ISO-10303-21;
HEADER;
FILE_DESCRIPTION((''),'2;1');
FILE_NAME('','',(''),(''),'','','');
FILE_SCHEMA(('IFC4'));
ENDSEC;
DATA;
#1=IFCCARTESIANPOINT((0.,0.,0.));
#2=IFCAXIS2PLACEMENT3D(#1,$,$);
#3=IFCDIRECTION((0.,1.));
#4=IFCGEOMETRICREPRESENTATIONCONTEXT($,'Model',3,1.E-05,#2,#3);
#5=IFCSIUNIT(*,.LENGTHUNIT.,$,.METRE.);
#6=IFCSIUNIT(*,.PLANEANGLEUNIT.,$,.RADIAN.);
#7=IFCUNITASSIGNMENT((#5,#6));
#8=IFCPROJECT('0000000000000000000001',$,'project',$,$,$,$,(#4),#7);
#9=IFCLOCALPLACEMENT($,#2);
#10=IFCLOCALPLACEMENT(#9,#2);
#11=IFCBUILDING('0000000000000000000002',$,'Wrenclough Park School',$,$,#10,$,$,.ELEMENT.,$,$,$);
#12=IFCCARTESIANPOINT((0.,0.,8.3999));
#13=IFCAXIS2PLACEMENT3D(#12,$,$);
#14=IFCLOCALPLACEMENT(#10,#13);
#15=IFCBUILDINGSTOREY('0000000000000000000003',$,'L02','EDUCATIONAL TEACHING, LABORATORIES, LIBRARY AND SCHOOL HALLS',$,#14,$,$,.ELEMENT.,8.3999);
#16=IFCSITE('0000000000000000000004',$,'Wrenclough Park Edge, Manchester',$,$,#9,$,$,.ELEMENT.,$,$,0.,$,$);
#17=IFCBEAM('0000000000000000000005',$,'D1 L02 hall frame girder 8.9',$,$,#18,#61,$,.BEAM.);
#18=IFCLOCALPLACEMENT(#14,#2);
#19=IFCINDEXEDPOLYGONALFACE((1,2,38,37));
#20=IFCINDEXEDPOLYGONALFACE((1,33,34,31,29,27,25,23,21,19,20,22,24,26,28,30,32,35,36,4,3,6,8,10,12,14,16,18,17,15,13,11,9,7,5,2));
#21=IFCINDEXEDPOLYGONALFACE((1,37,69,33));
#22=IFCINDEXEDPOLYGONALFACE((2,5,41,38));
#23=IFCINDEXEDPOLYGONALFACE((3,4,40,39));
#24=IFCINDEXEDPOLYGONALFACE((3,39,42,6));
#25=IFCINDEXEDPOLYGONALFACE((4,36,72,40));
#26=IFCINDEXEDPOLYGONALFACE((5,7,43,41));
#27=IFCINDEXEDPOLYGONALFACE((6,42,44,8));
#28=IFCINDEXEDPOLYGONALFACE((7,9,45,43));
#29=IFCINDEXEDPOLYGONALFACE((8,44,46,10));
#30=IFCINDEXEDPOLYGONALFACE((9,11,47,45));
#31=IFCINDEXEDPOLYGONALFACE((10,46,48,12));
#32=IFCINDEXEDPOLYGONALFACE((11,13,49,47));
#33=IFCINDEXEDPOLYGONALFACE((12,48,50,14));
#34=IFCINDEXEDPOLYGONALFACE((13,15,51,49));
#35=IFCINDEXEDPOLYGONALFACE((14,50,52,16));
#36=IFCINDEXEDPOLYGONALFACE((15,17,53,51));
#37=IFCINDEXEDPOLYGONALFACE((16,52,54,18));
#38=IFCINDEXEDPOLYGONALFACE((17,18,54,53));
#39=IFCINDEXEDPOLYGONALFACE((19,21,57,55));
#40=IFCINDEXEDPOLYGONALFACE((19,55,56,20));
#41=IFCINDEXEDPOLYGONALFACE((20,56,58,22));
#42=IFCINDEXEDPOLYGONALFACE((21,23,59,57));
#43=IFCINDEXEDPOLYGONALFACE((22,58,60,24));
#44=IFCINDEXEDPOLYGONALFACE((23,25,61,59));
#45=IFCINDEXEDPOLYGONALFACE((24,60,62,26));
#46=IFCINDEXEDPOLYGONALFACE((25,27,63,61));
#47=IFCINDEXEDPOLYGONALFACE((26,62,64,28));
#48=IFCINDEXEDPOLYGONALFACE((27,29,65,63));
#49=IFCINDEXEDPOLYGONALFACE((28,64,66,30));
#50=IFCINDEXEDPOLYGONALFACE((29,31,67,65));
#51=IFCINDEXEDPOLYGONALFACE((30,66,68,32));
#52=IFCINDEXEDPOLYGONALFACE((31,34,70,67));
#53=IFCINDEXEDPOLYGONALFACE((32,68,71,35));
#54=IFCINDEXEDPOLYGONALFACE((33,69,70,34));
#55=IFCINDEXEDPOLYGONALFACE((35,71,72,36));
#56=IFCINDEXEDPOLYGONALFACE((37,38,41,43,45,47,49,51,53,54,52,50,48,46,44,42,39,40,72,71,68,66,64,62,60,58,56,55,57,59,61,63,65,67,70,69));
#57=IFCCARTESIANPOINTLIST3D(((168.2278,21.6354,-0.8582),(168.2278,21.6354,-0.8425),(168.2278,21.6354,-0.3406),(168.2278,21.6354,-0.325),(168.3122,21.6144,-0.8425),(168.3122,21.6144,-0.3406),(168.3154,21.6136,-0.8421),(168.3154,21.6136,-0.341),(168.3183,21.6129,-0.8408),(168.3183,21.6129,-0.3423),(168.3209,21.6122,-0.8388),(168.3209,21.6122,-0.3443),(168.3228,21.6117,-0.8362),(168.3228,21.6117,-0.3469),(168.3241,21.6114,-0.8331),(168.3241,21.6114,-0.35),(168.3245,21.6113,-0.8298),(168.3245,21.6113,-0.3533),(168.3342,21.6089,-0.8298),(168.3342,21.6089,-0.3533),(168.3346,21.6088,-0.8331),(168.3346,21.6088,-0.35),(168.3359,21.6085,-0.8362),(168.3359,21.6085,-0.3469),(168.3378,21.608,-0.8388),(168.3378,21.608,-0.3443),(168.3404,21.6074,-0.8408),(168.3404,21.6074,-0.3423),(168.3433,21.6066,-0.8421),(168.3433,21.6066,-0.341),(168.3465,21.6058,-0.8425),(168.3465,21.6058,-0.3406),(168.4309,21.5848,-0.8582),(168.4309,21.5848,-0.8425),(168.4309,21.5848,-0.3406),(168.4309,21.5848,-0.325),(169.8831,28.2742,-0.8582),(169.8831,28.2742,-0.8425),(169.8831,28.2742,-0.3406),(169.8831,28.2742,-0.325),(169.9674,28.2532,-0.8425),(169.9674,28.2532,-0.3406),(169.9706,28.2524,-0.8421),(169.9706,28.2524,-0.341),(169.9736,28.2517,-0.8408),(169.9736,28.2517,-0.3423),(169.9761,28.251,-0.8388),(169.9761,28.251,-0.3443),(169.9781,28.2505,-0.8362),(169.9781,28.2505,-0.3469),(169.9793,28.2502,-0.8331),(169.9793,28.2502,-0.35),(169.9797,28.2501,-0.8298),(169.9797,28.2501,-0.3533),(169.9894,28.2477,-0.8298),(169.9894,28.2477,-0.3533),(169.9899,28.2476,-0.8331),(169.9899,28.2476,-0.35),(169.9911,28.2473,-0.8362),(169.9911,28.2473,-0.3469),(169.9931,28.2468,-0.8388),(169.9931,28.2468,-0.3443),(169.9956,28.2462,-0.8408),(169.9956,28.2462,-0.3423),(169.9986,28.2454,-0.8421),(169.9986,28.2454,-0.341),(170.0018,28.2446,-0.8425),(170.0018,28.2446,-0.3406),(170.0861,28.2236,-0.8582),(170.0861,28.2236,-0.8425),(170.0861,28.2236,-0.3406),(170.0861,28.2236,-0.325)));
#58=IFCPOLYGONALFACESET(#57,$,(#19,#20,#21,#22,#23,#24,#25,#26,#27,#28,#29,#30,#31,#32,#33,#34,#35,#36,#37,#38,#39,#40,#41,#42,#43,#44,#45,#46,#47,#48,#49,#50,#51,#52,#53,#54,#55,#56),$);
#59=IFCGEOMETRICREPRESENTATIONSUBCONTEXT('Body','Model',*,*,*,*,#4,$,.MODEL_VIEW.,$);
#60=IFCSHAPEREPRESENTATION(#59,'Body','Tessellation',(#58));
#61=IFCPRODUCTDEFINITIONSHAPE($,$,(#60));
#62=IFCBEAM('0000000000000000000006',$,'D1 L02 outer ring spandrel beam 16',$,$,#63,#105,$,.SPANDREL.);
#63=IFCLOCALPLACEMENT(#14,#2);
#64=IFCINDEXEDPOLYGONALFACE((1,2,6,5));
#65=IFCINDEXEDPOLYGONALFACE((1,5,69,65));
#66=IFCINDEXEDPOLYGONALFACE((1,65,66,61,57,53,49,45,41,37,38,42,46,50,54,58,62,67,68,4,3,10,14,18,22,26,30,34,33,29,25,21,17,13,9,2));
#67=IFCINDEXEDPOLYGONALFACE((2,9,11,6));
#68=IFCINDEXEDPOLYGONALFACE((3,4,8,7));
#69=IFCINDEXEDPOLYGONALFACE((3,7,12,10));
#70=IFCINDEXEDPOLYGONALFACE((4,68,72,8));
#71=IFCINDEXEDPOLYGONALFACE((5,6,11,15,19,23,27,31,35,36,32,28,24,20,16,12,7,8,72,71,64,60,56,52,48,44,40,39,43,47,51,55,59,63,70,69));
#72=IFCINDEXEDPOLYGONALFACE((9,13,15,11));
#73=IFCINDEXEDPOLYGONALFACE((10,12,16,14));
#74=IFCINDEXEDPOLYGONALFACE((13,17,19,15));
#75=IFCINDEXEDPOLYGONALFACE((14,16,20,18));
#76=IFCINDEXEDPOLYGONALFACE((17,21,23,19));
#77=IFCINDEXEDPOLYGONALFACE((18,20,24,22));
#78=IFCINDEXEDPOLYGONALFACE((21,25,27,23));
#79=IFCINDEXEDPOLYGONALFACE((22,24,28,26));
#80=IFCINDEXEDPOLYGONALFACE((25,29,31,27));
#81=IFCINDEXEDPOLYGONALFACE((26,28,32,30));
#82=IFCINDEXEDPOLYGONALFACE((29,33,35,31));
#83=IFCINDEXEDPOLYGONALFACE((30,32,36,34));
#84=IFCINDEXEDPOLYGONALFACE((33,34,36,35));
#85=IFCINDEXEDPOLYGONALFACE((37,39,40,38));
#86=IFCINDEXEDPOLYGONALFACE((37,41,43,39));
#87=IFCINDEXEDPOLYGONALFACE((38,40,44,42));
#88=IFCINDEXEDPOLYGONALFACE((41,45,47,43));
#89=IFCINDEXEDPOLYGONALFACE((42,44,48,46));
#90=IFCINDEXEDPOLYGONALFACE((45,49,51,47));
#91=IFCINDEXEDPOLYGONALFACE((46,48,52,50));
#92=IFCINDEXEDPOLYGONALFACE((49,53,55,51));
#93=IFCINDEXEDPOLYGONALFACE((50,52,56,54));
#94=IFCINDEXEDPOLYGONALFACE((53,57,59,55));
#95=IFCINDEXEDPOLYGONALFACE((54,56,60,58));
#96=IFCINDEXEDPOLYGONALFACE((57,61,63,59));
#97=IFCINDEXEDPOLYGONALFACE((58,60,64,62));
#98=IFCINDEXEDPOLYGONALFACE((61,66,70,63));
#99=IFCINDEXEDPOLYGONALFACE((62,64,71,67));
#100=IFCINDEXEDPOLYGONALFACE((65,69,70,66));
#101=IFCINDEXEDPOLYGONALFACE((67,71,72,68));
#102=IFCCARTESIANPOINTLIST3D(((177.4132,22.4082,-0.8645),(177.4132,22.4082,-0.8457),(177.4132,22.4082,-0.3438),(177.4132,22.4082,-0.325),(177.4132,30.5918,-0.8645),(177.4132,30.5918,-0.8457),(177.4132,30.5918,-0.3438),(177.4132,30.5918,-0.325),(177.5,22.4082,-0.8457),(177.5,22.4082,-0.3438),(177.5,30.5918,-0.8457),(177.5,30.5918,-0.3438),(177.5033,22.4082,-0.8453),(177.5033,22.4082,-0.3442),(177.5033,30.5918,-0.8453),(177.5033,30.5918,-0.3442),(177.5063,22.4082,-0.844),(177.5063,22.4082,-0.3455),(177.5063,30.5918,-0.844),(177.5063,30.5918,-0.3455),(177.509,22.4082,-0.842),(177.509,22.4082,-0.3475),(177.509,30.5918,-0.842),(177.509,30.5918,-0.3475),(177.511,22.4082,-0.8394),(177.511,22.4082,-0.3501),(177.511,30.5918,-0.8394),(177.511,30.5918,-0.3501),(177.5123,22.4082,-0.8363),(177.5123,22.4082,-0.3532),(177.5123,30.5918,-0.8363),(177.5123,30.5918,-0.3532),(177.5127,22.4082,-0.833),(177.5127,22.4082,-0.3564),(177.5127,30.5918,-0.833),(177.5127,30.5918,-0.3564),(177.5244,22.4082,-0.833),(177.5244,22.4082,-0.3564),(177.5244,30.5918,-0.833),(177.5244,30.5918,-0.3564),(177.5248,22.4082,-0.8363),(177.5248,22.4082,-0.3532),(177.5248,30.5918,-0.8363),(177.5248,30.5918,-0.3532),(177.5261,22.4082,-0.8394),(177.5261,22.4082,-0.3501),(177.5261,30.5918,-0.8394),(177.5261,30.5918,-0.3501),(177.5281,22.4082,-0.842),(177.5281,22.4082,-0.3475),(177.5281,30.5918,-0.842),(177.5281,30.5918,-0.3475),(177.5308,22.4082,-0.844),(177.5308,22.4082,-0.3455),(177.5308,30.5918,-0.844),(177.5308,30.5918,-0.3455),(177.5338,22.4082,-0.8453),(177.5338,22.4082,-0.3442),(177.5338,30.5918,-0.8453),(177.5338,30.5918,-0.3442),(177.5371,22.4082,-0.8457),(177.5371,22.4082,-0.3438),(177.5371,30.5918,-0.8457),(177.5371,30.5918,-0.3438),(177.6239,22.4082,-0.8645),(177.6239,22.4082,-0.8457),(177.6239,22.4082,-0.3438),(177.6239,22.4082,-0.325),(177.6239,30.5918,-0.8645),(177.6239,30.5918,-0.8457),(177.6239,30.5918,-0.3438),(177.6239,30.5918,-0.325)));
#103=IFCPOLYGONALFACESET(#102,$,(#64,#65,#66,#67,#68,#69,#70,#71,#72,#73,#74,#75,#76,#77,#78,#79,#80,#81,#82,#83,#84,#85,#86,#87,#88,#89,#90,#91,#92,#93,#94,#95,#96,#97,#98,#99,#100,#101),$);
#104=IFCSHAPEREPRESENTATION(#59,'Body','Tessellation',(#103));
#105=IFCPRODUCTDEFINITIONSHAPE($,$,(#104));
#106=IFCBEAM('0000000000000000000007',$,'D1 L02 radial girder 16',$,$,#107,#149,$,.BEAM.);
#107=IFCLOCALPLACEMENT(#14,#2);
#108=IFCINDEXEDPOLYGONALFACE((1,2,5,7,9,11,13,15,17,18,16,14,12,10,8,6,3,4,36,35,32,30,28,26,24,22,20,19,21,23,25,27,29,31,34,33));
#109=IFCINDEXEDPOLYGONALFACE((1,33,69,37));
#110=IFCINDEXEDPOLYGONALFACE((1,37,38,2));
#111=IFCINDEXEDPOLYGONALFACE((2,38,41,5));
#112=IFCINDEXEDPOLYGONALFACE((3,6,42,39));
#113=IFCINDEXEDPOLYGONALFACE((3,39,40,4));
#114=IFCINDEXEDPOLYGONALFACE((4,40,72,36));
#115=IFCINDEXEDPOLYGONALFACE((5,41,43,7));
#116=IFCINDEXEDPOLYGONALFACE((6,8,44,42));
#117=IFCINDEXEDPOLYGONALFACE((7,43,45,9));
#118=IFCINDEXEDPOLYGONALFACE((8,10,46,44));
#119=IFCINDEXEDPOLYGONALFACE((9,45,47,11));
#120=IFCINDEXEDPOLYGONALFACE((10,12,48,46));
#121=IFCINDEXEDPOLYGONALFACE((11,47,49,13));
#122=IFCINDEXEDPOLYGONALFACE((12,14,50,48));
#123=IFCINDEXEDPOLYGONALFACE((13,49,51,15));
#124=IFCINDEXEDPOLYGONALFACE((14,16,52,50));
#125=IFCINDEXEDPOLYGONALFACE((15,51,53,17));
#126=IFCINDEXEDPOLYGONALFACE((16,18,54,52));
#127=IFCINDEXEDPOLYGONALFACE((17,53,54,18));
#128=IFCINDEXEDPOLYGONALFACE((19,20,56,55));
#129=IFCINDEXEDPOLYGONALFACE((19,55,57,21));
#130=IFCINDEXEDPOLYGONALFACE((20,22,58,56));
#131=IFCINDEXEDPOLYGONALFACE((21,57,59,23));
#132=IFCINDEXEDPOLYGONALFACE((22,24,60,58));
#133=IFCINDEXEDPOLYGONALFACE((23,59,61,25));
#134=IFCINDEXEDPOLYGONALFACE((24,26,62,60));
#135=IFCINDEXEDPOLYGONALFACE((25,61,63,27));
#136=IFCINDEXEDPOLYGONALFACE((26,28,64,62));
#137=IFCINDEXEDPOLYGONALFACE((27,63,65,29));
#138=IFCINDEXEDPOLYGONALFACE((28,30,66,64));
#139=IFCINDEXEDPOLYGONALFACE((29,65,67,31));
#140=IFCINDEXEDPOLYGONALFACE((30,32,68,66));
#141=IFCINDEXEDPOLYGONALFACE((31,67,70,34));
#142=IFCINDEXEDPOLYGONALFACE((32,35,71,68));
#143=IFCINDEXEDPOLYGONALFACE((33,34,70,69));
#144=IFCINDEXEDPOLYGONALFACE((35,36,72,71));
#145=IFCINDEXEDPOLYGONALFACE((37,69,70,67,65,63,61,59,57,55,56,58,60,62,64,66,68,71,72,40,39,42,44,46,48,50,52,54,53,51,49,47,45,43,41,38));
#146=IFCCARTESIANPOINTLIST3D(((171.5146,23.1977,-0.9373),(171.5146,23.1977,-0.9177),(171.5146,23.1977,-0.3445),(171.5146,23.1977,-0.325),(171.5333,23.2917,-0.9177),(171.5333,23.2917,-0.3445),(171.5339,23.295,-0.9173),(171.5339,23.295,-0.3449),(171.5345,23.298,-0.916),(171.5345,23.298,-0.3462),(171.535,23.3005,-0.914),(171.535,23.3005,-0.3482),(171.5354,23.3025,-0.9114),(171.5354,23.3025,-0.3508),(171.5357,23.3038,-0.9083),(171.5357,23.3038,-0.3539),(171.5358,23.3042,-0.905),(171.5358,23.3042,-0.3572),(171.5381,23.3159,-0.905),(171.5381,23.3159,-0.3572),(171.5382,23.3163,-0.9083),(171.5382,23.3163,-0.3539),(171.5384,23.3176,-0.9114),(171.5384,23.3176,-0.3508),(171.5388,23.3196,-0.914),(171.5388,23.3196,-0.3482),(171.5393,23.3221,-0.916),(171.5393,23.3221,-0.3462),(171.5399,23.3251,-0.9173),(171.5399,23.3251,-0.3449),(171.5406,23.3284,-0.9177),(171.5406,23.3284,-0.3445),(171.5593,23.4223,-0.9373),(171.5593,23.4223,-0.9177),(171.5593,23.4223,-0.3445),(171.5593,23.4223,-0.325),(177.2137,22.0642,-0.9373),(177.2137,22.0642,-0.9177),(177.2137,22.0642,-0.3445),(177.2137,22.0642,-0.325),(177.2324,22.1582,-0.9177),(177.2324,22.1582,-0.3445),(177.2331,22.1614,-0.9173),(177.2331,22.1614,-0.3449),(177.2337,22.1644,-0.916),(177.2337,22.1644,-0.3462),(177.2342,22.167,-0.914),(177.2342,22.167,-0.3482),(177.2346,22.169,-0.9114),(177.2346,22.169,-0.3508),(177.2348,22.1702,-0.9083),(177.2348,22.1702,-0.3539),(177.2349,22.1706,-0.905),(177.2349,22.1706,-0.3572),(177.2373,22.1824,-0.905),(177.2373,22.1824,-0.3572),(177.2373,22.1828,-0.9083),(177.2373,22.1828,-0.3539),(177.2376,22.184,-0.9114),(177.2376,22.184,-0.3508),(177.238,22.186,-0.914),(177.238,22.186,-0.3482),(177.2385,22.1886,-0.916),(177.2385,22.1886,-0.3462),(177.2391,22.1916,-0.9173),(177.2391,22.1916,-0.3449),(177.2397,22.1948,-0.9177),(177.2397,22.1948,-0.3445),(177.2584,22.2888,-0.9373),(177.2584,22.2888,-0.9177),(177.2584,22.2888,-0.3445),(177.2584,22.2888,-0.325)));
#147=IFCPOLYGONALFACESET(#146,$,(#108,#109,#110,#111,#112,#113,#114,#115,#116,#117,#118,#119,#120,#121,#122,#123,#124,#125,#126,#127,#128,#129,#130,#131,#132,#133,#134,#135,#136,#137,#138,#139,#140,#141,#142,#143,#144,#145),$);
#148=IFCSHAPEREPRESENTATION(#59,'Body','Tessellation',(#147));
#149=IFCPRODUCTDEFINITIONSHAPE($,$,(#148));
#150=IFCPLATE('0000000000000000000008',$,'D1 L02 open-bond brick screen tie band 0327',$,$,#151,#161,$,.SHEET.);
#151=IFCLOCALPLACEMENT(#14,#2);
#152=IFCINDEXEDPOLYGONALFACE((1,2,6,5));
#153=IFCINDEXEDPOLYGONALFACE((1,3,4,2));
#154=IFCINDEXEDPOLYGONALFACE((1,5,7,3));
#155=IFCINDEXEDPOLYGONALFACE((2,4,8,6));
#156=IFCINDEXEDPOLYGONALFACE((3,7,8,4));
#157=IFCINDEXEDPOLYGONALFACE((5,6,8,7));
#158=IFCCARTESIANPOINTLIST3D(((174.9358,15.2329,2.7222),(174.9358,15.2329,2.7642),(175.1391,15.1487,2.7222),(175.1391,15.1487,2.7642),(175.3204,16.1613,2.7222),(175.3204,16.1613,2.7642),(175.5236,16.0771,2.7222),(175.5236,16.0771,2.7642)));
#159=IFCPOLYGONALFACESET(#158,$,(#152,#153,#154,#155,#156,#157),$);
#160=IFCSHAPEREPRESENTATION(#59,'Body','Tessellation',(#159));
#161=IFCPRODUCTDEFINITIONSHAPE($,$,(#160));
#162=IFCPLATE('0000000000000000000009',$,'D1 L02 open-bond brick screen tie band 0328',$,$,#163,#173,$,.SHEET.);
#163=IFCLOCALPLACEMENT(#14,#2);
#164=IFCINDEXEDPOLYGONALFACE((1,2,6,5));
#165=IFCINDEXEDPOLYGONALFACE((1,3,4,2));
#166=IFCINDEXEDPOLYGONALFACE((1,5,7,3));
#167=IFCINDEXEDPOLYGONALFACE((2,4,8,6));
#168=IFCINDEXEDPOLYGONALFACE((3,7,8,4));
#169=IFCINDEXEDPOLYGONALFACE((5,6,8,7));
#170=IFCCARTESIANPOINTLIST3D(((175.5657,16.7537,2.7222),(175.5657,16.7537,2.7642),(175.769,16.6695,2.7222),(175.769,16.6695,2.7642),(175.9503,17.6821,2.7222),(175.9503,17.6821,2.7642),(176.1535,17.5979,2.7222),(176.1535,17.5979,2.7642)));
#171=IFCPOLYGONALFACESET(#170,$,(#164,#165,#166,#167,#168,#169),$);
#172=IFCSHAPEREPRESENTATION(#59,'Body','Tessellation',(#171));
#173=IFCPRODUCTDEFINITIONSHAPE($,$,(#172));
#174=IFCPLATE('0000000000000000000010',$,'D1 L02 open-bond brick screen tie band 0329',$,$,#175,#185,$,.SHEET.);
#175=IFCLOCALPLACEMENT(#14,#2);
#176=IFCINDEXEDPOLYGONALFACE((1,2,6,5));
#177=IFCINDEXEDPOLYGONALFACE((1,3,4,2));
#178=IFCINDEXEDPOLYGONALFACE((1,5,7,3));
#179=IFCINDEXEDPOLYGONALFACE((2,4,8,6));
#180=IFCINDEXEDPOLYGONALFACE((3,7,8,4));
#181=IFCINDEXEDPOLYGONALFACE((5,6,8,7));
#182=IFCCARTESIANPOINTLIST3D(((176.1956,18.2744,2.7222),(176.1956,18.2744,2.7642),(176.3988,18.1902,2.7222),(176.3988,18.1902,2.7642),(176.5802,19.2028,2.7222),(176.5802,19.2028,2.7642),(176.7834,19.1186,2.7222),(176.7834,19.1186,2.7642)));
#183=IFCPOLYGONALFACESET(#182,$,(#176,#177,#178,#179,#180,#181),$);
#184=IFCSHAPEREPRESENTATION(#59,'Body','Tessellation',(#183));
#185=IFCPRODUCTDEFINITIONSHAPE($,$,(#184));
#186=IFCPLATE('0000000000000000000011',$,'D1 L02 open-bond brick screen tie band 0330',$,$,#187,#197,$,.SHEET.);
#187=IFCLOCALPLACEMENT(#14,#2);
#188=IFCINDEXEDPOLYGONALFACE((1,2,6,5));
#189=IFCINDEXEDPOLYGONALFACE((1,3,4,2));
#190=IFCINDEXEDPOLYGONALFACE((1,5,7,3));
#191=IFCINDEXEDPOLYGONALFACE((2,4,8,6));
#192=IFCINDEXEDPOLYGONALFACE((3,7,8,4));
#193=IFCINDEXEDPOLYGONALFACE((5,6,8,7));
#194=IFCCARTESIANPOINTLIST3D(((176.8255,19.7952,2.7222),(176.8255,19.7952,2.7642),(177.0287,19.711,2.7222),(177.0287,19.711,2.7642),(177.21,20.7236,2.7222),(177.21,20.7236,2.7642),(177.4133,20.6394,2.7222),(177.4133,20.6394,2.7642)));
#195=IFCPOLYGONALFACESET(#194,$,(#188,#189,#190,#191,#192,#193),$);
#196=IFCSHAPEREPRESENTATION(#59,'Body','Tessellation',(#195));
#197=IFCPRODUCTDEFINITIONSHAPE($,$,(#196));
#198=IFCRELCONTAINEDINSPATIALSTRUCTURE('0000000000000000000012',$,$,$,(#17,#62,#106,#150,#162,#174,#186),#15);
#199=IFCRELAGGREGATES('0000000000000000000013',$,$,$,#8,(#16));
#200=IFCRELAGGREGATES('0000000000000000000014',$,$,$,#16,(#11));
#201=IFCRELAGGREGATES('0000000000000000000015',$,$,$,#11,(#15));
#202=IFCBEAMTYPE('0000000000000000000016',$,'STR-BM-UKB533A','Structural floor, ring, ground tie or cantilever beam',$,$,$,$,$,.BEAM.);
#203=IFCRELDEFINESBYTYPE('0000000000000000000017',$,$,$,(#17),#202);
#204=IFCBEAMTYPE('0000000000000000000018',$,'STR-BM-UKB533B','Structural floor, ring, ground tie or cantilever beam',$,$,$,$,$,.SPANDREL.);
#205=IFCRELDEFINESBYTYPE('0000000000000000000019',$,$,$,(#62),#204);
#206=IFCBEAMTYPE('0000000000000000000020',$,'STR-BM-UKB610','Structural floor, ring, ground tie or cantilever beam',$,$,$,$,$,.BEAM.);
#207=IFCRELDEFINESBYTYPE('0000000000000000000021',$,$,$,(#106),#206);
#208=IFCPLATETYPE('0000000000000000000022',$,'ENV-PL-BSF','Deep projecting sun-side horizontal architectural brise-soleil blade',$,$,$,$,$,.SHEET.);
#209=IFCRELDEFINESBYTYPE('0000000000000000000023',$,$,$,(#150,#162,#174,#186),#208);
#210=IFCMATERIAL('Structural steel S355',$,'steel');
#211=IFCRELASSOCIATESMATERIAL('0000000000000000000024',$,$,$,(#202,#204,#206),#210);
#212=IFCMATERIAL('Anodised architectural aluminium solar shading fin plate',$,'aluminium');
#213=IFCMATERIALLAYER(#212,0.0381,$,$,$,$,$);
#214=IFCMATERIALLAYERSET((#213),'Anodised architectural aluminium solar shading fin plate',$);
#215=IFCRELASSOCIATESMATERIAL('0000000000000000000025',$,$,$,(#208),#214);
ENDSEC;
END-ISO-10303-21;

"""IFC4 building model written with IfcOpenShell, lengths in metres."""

from ifc_helpers import new_model, si_unit, direction, frame, origin, origin_2d, place, context, subcontext, project, spatial, rectangle, i_section, extrude, material, layer, layer_set, material_profile, profile_set, type_object, element, save


model = new_model("IFC4")

# Units and contexts
model_context = context("Model", 3, precision=1e-05, world=origin(), true_north=direction((0.0, 1.0)))
body_context = subcontext(model_context, "Body", "Model", "MODEL_VIEW")
ifc_project = project(units=[si_unit("LENGTHUNIT", "METRE"), si_unit("PLANEANGLEUNIT", "RADIAN")], contexts=[model_context])

# Site, building, storey
site_placement = place(None, origin())
site = spatial("IfcSite", under=ifc_project, at=site_placement, Name="Wrenclough Park Edge, Manchester", CompositionType="ELEMENT", RefElevation=0.0)
building_placement = place(site_placement, origin())
building = spatial("IfcBuilding", under=site, at=building_placement, Name="Wrenclough Park School", CompositionType="ELEMENT")
storey_placement = place(building_placement, frame((0.0, 0.0, 8.3999)))
storey = spatial("IfcBuildingStorey", under=building, at=storey_placement, Name="L02", Description="EDUCATIONAL TEACHING, LABORATORIES, LIBRARY AND SCHOOL HALLS", CompositionType="ELEMENT", Elevation=8.3999)

# Shared definitions
ifc_material_1 = material(Name="Structural steel S355", Category="steel")

# Beams
ifc_material_profile_1 = material_profile(ifc_material_1, i_section(OverallWidth=0.2092, OverallDepth=0.5332, WebThickness=0.01, FlangeThickness=0.0156, FilletRadius=0.0127, at=origin_2d()), Name="UKB 533x210x92")
ifc_profile_set_1 = profile_set([ifc_material_profile_1], Name="Structural steel S355")
beam_type_1 = type_object("IfcBeamType", Name="STR-BM-UKB533A", Description="Structural floor, ring, ground tie or cantilever beam", PredefinedType="BEAM", material=ifc_profile_set_1)
beam_1_placement = place(storey_placement, frame((168.3293, 21.6101, -0.5916), z_axis=(0.241923, 0.970296, 0.0), x_axis=(-0.970296, 0.241923, 0.0)))
element("IfcBeam", 1, at=beam_1_placement, inside=storey, type_object=beam_type_1, Name="D1 L02 hall frame girder 8.9", PredefinedType="BEAM", context=body_context, shape_type="SweptSolid", body=[
    extrude(i_section(OverallWidth=0.2092, OverallDepth=0.5332, WebThickness=0.01, FlangeThickness=0.0156, FilletRadius=0.0127, at=origin_2d()), origin(), (0.0, 0.0, 1.0), 6.842),
])
ifc_material_profile_2 = material_profile(ifc_material_1, i_section(OverallWidth=0.2107, OverallDepth=0.5396, WebThickness=0.0117, FlangeThickness=0.0188, FilletRadius=0.0127, at=origin_2d()), Name="UKB 533x210x109")
ifc_profile_set_2 = profile_set([ifc_material_profile_2], Name="Structural steel S355")
beam_type_2 = type_object("IfcBeamType", Name="STR-BM-UKB533B", Description="Structural floor, ring, ground tie or cantilever beam", PredefinedType="SPANDREL", material=ifc_profile_set_2)
beam_2_placement = place(storey_placement, frame((177.5186, 22.4082, -0.5947), z_axis=(0.0, 1.0, 0.0), x_axis=(-1.0, 0.0, 0.0)))
element("IfcBeam", 2, at=beam_2_placement, inside=storey, type_object=beam_type_2, Name="D1 L02 outer ring spandrel beam 16", PredefinedType="SPANDREL", context=body_context, shape_type="SweptSolid", body=[
    extrude(i_section(OverallWidth=0.2107, OverallDepth=0.5396, WebThickness=0.0117, FlangeThickness=0.0188, FilletRadius=0.0127, at=origin_2d()), origin(), (0.0, 0.0, 1.0), 8.1836),
])
ifc_material_profile_3 = material_profile(ifc_material_1, i_section(OverallWidth=0.229, OverallDepth=0.6123, WebThickness=0.012, FlangeThickness=0.0195, FilletRadius=0.0127, at=origin_2d()), Name="UKB 610x229x125")
ifc_profile_set_3 = profile_set([ifc_material_profile_3], Name="Structural steel S355")
beam_type_3 = type_object("IfcBeamType", Name="STR-BM-UKB610", Description="Structural floor, ring, ground tie or cantilever beam", PredefinedType="BEAM", material=ifc_profile_set_3)
beam_3_placement = place(storey_placement, frame((177.2361, 22.1765, -0.6311), z_axis=(-0.980789, 0.195074, 0.0), x_axis=(-0.195074, -0.980789, 0.0)))
element("IfcBeam", 3, at=beam_3_placement, inside=storey, type_object=beam_type_3, Name="D1 L02 radial girder 16", PredefinedType="BEAM", context=body_context, shape_type="SweptSolid", body=[
    extrude(i_section(OverallWidth=0.229, OverallDepth=0.6123, WebThickness=0.012, FlangeThickness=0.0195, FilletRadius=0.0127, at=origin_2d()), origin(), (0.0, 0.0, 1.0), 5.8108),
])

# Plates
ifc_material_2 = material(Name="Anodised architectural aluminium solar shading fin plate", Category="aluminium")
ifc_layer_1 = layer(ifc_material_2, 0.0381)
ifc_layer_set_1 = layer_set([ifc_layer_1], Name="Anodised architectural aluminium solar shading fin plate")
plate_type = type_object("IfcPlateType", Name="ENV-PL-BSF", Description="Deep projecting sun-side horizontal architectural brise-soleil blade", PredefinedType="SHEET", material=ifc_layer_set_1)
for number, where, z_axis, x_axis, name in (
    (4, (175.2297, 15.655, 2.7222), (0.0, 0.0, 1.0), (0.382684, 0.923879, 0.0), "D1 L02 open-bond brick screen tie band 0327"),
    (5, (175.8596, 17.1758, 2.7222), (0.0, 0.0, 1.0), (0.382684, 0.923879, 0.0), "D1 L02 open-bond brick screen tie band 0328"),
    (6, (176.4895, 18.6965, 2.7222), (0.0, 0.0, 1.0), (0.382684, 0.923879, 0.0), "D1 L02 open-bond brick screen tie band 0329"),
    (7, (177.1194, 20.2173, 2.7222), (0.0, 0.0, 1.0), (0.382684, 0.923879, 0.0), "D1 L02 open-bond brick screen tie band 0330"),
):
    element("IfcPlate", number, at=place(storey_placement, frame(where, z_axis=z_axis, x_axis=x_axis)), inside=storey, type_object=plate_type, Name=name, PredefinedType="SHEET", context=body_context, shape_type="SweptSolid", body=[
        extrude(rectangle(XDim=1.0049, YDim=0.22, at=origin_2d()), origin(), (0.0, 0.0, 1.0), 0.042),
    ])

save(model, "model.ifc")
